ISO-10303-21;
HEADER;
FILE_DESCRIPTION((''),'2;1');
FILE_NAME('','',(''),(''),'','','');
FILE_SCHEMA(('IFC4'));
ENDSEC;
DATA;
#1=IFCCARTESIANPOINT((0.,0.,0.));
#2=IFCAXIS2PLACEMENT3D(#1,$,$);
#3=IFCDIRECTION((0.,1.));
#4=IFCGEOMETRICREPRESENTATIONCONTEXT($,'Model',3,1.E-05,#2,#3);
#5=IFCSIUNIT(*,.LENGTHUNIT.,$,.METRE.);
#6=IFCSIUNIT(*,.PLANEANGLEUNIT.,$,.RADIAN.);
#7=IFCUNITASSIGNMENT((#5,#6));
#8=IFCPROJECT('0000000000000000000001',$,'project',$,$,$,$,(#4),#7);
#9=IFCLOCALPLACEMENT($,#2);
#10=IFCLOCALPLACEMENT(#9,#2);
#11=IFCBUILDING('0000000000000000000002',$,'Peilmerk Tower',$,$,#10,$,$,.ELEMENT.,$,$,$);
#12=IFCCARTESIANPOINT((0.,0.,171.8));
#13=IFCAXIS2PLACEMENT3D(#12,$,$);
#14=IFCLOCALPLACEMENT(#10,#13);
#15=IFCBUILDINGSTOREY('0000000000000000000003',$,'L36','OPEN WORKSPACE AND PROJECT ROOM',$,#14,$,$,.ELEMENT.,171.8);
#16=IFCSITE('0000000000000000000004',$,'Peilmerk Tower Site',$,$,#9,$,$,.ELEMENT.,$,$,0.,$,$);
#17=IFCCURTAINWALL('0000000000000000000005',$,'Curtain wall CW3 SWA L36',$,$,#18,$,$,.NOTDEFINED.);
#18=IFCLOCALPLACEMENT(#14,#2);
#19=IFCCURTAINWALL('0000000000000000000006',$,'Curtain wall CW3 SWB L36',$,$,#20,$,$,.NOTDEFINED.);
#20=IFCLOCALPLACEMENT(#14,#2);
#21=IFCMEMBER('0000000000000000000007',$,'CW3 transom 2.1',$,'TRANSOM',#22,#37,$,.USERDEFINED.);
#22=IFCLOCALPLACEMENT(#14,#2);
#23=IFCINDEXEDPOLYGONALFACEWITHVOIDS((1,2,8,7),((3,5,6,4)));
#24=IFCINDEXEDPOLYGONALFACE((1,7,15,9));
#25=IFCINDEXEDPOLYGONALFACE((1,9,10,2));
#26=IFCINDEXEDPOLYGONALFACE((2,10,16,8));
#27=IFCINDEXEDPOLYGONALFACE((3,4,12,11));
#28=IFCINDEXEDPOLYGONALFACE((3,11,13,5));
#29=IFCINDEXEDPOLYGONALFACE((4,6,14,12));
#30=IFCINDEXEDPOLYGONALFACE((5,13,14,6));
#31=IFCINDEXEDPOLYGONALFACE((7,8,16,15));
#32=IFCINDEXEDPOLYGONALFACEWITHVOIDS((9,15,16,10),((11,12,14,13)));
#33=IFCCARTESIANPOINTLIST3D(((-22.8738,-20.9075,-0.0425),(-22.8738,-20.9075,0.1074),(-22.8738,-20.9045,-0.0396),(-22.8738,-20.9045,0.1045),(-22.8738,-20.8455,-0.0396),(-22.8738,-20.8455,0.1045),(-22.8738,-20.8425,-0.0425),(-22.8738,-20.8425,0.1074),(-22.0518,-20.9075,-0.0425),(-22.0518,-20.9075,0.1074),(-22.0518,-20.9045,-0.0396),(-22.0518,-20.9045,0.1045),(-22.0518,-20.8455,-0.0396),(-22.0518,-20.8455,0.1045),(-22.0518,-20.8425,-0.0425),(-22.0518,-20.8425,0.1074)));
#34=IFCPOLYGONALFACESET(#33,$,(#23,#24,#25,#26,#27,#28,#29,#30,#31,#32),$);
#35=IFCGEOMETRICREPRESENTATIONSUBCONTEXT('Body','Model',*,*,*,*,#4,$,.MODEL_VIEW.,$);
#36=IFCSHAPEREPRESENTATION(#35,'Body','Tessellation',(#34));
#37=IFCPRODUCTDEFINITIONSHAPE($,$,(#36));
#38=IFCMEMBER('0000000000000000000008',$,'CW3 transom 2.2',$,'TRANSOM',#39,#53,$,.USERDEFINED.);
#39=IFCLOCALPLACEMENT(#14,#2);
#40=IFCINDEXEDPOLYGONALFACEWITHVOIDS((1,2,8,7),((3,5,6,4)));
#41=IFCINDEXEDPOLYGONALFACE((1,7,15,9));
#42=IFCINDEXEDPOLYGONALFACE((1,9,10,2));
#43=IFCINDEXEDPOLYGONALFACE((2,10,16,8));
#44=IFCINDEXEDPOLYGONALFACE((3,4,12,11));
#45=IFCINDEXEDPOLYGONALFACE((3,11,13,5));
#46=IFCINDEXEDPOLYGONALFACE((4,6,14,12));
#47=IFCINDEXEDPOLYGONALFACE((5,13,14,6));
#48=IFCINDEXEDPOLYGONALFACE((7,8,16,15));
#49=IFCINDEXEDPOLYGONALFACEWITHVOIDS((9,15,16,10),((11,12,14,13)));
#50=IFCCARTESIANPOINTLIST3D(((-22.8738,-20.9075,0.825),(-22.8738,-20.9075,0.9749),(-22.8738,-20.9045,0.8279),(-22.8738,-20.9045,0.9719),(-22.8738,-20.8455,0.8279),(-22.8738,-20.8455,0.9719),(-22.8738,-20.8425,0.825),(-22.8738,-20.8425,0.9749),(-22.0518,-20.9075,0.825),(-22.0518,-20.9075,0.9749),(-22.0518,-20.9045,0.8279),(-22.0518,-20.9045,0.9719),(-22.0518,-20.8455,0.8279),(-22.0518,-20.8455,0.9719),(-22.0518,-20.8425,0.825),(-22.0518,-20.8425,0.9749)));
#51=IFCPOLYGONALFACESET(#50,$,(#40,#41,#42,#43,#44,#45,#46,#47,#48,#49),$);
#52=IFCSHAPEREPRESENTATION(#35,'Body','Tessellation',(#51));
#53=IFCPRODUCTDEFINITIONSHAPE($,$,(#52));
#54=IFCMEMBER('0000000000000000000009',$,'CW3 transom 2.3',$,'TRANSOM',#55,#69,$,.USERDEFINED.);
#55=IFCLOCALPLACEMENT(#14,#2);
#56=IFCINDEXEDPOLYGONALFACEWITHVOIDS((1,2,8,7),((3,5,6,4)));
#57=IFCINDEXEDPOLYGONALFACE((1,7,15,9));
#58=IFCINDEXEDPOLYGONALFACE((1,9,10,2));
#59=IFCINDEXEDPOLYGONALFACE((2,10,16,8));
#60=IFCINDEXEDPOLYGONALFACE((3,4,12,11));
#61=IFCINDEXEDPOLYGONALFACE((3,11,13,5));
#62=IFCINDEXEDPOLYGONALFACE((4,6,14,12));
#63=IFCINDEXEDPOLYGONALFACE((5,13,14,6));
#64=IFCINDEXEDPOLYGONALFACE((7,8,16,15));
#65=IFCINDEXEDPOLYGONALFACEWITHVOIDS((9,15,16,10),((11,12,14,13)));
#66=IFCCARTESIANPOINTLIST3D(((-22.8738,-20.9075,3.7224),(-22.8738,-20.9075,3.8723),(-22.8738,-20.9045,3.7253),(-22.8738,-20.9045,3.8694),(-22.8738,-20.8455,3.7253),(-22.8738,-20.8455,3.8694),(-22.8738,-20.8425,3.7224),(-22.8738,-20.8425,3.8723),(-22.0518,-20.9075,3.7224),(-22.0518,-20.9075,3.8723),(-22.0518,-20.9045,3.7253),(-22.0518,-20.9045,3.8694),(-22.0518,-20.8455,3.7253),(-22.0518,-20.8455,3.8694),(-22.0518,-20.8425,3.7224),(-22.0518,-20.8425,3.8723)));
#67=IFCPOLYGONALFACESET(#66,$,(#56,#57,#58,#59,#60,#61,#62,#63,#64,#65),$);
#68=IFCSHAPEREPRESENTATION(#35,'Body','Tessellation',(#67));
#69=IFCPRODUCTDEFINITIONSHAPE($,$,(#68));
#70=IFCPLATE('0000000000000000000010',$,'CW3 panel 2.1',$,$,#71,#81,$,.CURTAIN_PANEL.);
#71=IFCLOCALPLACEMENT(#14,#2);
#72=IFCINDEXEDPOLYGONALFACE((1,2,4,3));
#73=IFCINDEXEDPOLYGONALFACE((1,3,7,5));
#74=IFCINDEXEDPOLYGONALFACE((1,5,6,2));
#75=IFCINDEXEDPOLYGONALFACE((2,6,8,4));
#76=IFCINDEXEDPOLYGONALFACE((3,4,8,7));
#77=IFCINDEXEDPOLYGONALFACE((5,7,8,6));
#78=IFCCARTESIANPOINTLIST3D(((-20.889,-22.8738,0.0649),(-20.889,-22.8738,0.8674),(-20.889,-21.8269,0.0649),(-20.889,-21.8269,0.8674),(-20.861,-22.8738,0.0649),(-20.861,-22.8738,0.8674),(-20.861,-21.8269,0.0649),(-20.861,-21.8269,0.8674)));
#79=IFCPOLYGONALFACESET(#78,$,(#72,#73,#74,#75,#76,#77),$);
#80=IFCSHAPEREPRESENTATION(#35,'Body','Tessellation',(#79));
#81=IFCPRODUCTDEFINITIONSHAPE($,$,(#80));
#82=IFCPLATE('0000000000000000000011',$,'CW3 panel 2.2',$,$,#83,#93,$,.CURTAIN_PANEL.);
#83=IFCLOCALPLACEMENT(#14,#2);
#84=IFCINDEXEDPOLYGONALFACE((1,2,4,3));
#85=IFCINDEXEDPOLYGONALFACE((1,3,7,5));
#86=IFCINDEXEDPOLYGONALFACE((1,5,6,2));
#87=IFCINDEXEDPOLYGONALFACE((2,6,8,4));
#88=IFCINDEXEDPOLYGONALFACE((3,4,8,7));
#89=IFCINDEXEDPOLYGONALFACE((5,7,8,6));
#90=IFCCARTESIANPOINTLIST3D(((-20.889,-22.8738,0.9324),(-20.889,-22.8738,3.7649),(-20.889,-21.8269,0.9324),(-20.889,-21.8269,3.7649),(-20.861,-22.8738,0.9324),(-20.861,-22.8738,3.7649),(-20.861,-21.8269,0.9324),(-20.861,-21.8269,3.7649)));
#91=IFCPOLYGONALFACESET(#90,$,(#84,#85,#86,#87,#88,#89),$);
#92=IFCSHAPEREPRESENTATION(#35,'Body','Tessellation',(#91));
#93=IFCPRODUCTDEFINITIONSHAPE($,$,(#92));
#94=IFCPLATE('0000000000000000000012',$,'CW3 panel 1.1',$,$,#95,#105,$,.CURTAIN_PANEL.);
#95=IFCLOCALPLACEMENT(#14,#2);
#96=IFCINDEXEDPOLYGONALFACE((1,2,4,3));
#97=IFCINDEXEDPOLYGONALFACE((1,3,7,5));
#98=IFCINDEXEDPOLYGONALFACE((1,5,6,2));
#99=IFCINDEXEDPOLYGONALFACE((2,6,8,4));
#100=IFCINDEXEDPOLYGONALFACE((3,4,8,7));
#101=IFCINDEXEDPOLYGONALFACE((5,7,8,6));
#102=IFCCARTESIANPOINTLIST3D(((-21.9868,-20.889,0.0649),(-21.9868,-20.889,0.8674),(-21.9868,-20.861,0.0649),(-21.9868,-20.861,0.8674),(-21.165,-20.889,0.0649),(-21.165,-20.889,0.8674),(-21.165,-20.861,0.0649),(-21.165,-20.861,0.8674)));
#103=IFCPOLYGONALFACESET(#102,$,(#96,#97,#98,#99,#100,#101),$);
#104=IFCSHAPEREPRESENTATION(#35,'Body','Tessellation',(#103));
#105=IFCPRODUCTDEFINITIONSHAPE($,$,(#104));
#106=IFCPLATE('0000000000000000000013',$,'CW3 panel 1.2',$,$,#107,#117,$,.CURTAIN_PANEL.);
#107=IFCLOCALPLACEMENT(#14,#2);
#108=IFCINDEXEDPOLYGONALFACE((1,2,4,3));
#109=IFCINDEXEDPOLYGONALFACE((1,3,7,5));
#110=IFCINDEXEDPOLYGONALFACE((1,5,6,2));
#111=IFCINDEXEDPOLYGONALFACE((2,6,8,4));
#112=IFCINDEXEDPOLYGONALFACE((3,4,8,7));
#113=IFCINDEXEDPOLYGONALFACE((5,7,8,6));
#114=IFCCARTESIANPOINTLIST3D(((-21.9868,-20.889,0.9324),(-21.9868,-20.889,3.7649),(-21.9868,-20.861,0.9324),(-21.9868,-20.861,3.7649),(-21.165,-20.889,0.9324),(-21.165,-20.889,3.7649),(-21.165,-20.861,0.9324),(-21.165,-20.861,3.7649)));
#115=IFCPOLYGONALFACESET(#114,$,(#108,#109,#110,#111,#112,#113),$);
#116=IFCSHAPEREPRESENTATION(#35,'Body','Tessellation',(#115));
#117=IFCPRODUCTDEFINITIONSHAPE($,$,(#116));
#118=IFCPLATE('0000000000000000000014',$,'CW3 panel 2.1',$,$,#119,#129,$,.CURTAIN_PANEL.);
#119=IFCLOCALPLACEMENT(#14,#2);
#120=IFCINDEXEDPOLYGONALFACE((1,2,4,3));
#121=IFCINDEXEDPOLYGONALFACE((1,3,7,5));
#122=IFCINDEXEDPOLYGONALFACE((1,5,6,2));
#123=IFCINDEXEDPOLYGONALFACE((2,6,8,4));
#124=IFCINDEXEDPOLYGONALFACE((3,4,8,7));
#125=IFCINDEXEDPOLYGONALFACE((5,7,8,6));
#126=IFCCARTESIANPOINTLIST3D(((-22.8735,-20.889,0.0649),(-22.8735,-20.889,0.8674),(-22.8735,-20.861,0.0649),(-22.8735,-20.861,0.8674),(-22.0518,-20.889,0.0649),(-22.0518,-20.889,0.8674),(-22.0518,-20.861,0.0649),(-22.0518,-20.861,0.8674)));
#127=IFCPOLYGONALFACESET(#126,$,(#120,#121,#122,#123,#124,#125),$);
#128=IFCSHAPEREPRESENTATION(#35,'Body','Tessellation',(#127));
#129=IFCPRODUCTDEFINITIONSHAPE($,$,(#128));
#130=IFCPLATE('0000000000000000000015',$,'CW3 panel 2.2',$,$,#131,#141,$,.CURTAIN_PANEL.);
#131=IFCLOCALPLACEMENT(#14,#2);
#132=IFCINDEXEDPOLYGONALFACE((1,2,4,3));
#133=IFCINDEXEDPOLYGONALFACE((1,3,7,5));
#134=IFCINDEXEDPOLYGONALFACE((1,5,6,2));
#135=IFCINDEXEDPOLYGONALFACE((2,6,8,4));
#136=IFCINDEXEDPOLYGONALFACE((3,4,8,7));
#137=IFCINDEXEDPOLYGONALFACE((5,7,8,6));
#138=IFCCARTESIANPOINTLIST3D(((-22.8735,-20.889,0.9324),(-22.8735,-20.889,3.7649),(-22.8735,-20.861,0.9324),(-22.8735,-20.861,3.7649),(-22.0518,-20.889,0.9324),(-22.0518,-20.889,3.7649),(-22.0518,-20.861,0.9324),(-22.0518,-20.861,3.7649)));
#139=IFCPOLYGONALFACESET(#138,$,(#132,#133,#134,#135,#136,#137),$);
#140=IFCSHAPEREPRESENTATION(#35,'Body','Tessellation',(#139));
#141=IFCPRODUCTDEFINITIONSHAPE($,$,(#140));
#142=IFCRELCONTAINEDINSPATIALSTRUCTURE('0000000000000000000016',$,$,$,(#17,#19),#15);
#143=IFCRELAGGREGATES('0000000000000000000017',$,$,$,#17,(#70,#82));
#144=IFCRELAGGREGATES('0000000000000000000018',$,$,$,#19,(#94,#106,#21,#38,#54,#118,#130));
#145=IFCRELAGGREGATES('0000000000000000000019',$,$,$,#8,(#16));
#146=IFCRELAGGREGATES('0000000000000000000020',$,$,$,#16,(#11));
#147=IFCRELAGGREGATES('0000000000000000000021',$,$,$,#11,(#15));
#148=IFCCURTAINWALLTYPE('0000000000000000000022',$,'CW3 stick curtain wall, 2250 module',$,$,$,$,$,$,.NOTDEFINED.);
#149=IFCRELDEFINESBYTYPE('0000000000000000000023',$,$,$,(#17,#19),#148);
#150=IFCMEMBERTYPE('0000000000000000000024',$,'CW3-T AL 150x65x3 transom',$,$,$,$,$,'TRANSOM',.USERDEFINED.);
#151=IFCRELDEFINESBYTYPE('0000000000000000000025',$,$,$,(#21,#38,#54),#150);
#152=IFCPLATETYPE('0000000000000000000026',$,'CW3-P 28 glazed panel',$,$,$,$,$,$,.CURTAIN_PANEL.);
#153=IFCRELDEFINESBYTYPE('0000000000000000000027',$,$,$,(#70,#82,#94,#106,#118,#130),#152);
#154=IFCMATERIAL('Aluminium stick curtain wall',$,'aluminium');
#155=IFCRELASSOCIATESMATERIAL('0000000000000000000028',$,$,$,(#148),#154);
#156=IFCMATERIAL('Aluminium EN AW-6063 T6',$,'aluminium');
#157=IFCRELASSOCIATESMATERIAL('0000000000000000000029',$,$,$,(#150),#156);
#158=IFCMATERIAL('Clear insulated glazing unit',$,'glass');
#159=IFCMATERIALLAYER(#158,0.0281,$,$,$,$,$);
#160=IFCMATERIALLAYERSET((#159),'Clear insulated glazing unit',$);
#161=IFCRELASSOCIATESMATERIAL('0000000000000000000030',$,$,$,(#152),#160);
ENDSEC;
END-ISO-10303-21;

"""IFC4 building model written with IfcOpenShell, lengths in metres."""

from ifc_helpers import new_model, si_unit, direction, frame, origin, origin_2d, place, context, subcontext, project, spatial, rectangle, hollow_rectangle, extrude, material, layer, layer_set, material_profile, profile_set, type_object, element, aggregate, save


model = new_model("IFC4")

# Units and contexts
model_context = context("Model", 3, precision=1e-05, world=origin(), true_north=direction((0.0, 1.0)))
body_context = subcontext(model_context, "Body", "Model", "MODEL_VIEW")
ifc_project = project(units=[si_unit("LENGTHUNIT", "METRE"), si_unit("PLANEANGLEUNIT", "RADIAN")], contexts=[model_context])

# Site, building, storey
site_placement = place(None, origin())
site = spatial("IfcSite", under=ifc_project, at=site_placement, Name="Peilmerk Tower Site", CompositionType="ELEMENT", RefElevation=0.0)
building_placement = place(site_placement, origin())
building = spatial("IfcBuilding", under=site, at=building_placement, Name="Peilmerk Tower", CompositionType="ELEMENT")
storey_placement = place(building_placement, frame((0.0, 0.0, 171.8)))
storey = spatial("IfcBuildingStorey", under=building, at=storey_placement, Name="L36", Description="OPEN WORKSPACE AND PROJECT ROOM", CompositionType="ELEMENT", Elevation=171.8)

# Curtain wall
ifc_material_1 = material(Name="Aluminium stick curtain wall", Category="aluminium")
curtain_wall_type = type_object("IfcCurtainWallType", Name="CW3 stick curtain wall, 2250 module", PredefinedType="NOTDEFINED", material=ifc_material_1)
curtain_wall_1_placement = place(storey_placement, origin())
curtain_wall_1 = element("IfcCurtainWall", 1, at=curtain_wall_1_placement, inside=storey, type_object=curtain_wall_type, Name="Curtain wall CW3 SWA L36", PredefinedType="NOTDEFINED")
ifc_material_2 = material(Name="Aluminium EN AW-6063 T6", Category="aluminium")

# Curtain wall, members
curtain_wall_2_placement = place(storey_placement, origin())
curtain_wall_2 = element("IfcCurtainWall", 2, at=curtain_wall_2_placement, inside=storey, type_object=curtain_wall_type, Name="Curtain wall CW3 SWB L36", PredefinedType="NOTDEFINED")
ifc_material_profile_1 = material_profile(ifc_material_2, hollow_rectangle(XDim=0.0649, YDim=0.1499, WallThickness=0.0029, at=origin_2d()), Name="AL 150x65x3")
ifc_profile_set_1 = profile_set([ifc_material_profile_1], Name="Aluminium EN AW-6063 T6")
member_type_1 = type_object("IfcMemberType", Name="CW3-T AL 150x65x3 transom", ElementType="TRANSOM", PredefinedType="USERDEFINED", material=ifc_profile_set_1)
member_1_placement = place(storey_placement, frame((-22.0518, -20.875, 0.0325), z_axis=(-1.0, 0.0, 0.0), x_axis=(0.0, -1.0, 0.0)))
member_1 = element("IfcMember", 3, at=member_1_placement, type_object=member_type_1, Name="CW3 transom 2.1", ObjectType="TRANSOM", PredefinedType="USERDEFINED", context=body_context, shape_type="SweptSolid", body=[
    extrude(hollow_rectangle(XDim=0.0649, YDim=0.1499, WallThickness=0.0029, at=origin_2d()), origin(), (0.0, 0.0, 1.0), 0.822),
])
member_2_placement = place(storey_placement, frame((-22.0518, -20.875, 0.8999), z_axis=(-1.0, 0.0, 0.0), x_axis=(0.0, -1.0, 0.0)))
member_2 = element("IfcMember", 4, at=member_2_placement, type_object=member_type_1, Name="CW3 transom 2.2", ObjectType="TRANSOM", PredefinedType="USERDEFINED", context=body_context, shape_type="SweptSolid", body=[
    extrude(hollow_rectangle(XDim=0.0649, YDim=0.1499, WallThickness=0.0029, at=origin_2d()), origin(), (0.0, 0.0, 1.0), 0.822),
])
member_3_placement = place(storey_placement, frame((-22.0518, -20.875, 3.7974), z_axis=(-1.0, 0.0, 0.0), x_axis=(0.0, -1.0, 0.0)))
member_3 = element("IfcMember", 5, at=member_3_placement, type_object=member_type_1, Name="CW3 transom 2.3", ObjectType="TRANSOM", PredefinedType="USERDEFINED", context=body_context, shape_type="SweptSolid", body=[
    extrude(hollow_rectangle(XDim=0.0649, YDim=0.1499, WallThickness=0.0029, at=origin_2d()), origin(), (0.0, 0.0, 1.0), 0.822),
])

# Plates
ifc_material_3 = material(Name="Clear insulated glazing unit", Category="glass")
ifc_layer_1 = layer(ifc_material_3, 0.0281)
ifc_layer_set_1 = layer_set([ifc_layer_1], Name="Clear insulated glazing unit")
plate_type = type_object("IfcPlateType", Name="CW3-P 28 glazed panel", PredefinedType="CURTAIN_PANEL", material=ifc_layer_set_1)
plate_1_placement = place(storey_placement, frame((-20.875, -22.3503, 0.0649), z_axis=(0.0, 0.0, 1.0), x_axis=(0.0, -1.0, 0.0)))
plate_1 = element("IfcPlate", 6, at=plate_1_placement, type_object=plate_type, Name="CW3 panel 2.1", PredefinedType="CURTAIN_PANEL", context=body_context, shape_type="SweptSolid", body=[
    extrude(rectangle(XDim=1.0469, YDim=0.0281, at=origin_2d()), origin(), (0.0, 0.0, 1.0), 0.8025),
])
plate_2_placement = place(storey_placement, frame((-20.875, -22.3503, 0.9324), z_axis=(0.0, 0.0, 1.0), x_axis=(0.0, -1.0, 0.0)))
plate_2 = element("IfcPlate", 7, at=plate_2_placement, type_object=plate_type, Name="CW3 panel 2.2", PredefinedType="CURTAIN_PANEL", context=body_context, shape_type="SweptSolid", body=[
    extrude(rectangle(XDim=1.0469, YDim=0.0281, at=origin_2d()), origin(), (0.0, 0.0, 1.0), 2.8325),
])
aggregate(curtain_wall_1, [plate_1, plate_2])
plate_3_placement = place(storey_placement, frame((-21.5759, -20.875, 0.0649), z_axis=(0.0, 0.0, 1.0), x_axis=(-1.0, 0.0, 0.0)))
plate_3 = element("IfcPlate", 8, at=plate_3_placement, type_object=plate_type, Name="CW3 panel 1.1", PredefinedType="CURTAIN_PANEL", context=body_context, shape_type="SweptSolid", body=[
    extrude(rectangle(XDim=0.8218, YDim=0.0281, at=origin_2d()), origin(), (0.0, 0.0, 1.0), 0.8025),
])
plate_4_placement = place(storey_placement, frame((-21.5759, -20.875, 0.9324), z_axis=(0.0, 0.0, 1.0), x_axis=(-1.0, 0.0, 0.0)))
plate_4 = element("IfcPlate", 9, at=plate_4_placement, type_object=plate_type, Name="CW3 panel 1.2", PredefinedType="CURTAIN_PANEL", context=body_context, shape_type="SweptSolid", body=[
    extrude(rectangle(XDim=0.8218, YDim=0.0281, at=origin_2d()), origin(), (0.0, 0.0, 1.0), 2.8325),
])
plate_5_placement = place(storey_placement, frame((-22.4626, -20.875, 0.0649), z_axis=(0.0, 0.0, 1.0), x_axis=(-1.0, 0.0, 0.0)))
plate_5 = element("IfcPlate", 10, at=plate_5_placement, type_object=plate_type, Name="CW3 panel 2.1", PredefinedType="CURTAIN_PANEL", context=body_context, shape_type="SweptSolid", body=[
    extrude(rectangle(XDim=0.8218, YDim=0.0281, at=origin_2d()), origin(), (0.0, 0.0, 1.0), 0.8025),
])
plate_6_placement = place(storey_placement, frame((-22.4626, -20.875, 0.9324), z_axis=(0.0, 0.0, 1.0), x_axis=(-1.0, 0.0, 0.0)))
plate_6 = element("IfcPlate", 11, at=plate_6_placement, type_object=plate_type, Name="CW3 panel 2.2", PredefinedType="CURTAIN_PANEL", context=body_context, shape_type="SweptSolid", body=[
    extrude(rectangle(XDim=0.8218, YDim=0.0281, at=origin_2d()), origin(), (0.0, 0.0, 1.0), 2.8325),
])
aggregate(curtain_wall_2, [plate_3, plate_4, member_1, member_2, member_3, plate_5, plate_6])

save(model, "model.ifc")
